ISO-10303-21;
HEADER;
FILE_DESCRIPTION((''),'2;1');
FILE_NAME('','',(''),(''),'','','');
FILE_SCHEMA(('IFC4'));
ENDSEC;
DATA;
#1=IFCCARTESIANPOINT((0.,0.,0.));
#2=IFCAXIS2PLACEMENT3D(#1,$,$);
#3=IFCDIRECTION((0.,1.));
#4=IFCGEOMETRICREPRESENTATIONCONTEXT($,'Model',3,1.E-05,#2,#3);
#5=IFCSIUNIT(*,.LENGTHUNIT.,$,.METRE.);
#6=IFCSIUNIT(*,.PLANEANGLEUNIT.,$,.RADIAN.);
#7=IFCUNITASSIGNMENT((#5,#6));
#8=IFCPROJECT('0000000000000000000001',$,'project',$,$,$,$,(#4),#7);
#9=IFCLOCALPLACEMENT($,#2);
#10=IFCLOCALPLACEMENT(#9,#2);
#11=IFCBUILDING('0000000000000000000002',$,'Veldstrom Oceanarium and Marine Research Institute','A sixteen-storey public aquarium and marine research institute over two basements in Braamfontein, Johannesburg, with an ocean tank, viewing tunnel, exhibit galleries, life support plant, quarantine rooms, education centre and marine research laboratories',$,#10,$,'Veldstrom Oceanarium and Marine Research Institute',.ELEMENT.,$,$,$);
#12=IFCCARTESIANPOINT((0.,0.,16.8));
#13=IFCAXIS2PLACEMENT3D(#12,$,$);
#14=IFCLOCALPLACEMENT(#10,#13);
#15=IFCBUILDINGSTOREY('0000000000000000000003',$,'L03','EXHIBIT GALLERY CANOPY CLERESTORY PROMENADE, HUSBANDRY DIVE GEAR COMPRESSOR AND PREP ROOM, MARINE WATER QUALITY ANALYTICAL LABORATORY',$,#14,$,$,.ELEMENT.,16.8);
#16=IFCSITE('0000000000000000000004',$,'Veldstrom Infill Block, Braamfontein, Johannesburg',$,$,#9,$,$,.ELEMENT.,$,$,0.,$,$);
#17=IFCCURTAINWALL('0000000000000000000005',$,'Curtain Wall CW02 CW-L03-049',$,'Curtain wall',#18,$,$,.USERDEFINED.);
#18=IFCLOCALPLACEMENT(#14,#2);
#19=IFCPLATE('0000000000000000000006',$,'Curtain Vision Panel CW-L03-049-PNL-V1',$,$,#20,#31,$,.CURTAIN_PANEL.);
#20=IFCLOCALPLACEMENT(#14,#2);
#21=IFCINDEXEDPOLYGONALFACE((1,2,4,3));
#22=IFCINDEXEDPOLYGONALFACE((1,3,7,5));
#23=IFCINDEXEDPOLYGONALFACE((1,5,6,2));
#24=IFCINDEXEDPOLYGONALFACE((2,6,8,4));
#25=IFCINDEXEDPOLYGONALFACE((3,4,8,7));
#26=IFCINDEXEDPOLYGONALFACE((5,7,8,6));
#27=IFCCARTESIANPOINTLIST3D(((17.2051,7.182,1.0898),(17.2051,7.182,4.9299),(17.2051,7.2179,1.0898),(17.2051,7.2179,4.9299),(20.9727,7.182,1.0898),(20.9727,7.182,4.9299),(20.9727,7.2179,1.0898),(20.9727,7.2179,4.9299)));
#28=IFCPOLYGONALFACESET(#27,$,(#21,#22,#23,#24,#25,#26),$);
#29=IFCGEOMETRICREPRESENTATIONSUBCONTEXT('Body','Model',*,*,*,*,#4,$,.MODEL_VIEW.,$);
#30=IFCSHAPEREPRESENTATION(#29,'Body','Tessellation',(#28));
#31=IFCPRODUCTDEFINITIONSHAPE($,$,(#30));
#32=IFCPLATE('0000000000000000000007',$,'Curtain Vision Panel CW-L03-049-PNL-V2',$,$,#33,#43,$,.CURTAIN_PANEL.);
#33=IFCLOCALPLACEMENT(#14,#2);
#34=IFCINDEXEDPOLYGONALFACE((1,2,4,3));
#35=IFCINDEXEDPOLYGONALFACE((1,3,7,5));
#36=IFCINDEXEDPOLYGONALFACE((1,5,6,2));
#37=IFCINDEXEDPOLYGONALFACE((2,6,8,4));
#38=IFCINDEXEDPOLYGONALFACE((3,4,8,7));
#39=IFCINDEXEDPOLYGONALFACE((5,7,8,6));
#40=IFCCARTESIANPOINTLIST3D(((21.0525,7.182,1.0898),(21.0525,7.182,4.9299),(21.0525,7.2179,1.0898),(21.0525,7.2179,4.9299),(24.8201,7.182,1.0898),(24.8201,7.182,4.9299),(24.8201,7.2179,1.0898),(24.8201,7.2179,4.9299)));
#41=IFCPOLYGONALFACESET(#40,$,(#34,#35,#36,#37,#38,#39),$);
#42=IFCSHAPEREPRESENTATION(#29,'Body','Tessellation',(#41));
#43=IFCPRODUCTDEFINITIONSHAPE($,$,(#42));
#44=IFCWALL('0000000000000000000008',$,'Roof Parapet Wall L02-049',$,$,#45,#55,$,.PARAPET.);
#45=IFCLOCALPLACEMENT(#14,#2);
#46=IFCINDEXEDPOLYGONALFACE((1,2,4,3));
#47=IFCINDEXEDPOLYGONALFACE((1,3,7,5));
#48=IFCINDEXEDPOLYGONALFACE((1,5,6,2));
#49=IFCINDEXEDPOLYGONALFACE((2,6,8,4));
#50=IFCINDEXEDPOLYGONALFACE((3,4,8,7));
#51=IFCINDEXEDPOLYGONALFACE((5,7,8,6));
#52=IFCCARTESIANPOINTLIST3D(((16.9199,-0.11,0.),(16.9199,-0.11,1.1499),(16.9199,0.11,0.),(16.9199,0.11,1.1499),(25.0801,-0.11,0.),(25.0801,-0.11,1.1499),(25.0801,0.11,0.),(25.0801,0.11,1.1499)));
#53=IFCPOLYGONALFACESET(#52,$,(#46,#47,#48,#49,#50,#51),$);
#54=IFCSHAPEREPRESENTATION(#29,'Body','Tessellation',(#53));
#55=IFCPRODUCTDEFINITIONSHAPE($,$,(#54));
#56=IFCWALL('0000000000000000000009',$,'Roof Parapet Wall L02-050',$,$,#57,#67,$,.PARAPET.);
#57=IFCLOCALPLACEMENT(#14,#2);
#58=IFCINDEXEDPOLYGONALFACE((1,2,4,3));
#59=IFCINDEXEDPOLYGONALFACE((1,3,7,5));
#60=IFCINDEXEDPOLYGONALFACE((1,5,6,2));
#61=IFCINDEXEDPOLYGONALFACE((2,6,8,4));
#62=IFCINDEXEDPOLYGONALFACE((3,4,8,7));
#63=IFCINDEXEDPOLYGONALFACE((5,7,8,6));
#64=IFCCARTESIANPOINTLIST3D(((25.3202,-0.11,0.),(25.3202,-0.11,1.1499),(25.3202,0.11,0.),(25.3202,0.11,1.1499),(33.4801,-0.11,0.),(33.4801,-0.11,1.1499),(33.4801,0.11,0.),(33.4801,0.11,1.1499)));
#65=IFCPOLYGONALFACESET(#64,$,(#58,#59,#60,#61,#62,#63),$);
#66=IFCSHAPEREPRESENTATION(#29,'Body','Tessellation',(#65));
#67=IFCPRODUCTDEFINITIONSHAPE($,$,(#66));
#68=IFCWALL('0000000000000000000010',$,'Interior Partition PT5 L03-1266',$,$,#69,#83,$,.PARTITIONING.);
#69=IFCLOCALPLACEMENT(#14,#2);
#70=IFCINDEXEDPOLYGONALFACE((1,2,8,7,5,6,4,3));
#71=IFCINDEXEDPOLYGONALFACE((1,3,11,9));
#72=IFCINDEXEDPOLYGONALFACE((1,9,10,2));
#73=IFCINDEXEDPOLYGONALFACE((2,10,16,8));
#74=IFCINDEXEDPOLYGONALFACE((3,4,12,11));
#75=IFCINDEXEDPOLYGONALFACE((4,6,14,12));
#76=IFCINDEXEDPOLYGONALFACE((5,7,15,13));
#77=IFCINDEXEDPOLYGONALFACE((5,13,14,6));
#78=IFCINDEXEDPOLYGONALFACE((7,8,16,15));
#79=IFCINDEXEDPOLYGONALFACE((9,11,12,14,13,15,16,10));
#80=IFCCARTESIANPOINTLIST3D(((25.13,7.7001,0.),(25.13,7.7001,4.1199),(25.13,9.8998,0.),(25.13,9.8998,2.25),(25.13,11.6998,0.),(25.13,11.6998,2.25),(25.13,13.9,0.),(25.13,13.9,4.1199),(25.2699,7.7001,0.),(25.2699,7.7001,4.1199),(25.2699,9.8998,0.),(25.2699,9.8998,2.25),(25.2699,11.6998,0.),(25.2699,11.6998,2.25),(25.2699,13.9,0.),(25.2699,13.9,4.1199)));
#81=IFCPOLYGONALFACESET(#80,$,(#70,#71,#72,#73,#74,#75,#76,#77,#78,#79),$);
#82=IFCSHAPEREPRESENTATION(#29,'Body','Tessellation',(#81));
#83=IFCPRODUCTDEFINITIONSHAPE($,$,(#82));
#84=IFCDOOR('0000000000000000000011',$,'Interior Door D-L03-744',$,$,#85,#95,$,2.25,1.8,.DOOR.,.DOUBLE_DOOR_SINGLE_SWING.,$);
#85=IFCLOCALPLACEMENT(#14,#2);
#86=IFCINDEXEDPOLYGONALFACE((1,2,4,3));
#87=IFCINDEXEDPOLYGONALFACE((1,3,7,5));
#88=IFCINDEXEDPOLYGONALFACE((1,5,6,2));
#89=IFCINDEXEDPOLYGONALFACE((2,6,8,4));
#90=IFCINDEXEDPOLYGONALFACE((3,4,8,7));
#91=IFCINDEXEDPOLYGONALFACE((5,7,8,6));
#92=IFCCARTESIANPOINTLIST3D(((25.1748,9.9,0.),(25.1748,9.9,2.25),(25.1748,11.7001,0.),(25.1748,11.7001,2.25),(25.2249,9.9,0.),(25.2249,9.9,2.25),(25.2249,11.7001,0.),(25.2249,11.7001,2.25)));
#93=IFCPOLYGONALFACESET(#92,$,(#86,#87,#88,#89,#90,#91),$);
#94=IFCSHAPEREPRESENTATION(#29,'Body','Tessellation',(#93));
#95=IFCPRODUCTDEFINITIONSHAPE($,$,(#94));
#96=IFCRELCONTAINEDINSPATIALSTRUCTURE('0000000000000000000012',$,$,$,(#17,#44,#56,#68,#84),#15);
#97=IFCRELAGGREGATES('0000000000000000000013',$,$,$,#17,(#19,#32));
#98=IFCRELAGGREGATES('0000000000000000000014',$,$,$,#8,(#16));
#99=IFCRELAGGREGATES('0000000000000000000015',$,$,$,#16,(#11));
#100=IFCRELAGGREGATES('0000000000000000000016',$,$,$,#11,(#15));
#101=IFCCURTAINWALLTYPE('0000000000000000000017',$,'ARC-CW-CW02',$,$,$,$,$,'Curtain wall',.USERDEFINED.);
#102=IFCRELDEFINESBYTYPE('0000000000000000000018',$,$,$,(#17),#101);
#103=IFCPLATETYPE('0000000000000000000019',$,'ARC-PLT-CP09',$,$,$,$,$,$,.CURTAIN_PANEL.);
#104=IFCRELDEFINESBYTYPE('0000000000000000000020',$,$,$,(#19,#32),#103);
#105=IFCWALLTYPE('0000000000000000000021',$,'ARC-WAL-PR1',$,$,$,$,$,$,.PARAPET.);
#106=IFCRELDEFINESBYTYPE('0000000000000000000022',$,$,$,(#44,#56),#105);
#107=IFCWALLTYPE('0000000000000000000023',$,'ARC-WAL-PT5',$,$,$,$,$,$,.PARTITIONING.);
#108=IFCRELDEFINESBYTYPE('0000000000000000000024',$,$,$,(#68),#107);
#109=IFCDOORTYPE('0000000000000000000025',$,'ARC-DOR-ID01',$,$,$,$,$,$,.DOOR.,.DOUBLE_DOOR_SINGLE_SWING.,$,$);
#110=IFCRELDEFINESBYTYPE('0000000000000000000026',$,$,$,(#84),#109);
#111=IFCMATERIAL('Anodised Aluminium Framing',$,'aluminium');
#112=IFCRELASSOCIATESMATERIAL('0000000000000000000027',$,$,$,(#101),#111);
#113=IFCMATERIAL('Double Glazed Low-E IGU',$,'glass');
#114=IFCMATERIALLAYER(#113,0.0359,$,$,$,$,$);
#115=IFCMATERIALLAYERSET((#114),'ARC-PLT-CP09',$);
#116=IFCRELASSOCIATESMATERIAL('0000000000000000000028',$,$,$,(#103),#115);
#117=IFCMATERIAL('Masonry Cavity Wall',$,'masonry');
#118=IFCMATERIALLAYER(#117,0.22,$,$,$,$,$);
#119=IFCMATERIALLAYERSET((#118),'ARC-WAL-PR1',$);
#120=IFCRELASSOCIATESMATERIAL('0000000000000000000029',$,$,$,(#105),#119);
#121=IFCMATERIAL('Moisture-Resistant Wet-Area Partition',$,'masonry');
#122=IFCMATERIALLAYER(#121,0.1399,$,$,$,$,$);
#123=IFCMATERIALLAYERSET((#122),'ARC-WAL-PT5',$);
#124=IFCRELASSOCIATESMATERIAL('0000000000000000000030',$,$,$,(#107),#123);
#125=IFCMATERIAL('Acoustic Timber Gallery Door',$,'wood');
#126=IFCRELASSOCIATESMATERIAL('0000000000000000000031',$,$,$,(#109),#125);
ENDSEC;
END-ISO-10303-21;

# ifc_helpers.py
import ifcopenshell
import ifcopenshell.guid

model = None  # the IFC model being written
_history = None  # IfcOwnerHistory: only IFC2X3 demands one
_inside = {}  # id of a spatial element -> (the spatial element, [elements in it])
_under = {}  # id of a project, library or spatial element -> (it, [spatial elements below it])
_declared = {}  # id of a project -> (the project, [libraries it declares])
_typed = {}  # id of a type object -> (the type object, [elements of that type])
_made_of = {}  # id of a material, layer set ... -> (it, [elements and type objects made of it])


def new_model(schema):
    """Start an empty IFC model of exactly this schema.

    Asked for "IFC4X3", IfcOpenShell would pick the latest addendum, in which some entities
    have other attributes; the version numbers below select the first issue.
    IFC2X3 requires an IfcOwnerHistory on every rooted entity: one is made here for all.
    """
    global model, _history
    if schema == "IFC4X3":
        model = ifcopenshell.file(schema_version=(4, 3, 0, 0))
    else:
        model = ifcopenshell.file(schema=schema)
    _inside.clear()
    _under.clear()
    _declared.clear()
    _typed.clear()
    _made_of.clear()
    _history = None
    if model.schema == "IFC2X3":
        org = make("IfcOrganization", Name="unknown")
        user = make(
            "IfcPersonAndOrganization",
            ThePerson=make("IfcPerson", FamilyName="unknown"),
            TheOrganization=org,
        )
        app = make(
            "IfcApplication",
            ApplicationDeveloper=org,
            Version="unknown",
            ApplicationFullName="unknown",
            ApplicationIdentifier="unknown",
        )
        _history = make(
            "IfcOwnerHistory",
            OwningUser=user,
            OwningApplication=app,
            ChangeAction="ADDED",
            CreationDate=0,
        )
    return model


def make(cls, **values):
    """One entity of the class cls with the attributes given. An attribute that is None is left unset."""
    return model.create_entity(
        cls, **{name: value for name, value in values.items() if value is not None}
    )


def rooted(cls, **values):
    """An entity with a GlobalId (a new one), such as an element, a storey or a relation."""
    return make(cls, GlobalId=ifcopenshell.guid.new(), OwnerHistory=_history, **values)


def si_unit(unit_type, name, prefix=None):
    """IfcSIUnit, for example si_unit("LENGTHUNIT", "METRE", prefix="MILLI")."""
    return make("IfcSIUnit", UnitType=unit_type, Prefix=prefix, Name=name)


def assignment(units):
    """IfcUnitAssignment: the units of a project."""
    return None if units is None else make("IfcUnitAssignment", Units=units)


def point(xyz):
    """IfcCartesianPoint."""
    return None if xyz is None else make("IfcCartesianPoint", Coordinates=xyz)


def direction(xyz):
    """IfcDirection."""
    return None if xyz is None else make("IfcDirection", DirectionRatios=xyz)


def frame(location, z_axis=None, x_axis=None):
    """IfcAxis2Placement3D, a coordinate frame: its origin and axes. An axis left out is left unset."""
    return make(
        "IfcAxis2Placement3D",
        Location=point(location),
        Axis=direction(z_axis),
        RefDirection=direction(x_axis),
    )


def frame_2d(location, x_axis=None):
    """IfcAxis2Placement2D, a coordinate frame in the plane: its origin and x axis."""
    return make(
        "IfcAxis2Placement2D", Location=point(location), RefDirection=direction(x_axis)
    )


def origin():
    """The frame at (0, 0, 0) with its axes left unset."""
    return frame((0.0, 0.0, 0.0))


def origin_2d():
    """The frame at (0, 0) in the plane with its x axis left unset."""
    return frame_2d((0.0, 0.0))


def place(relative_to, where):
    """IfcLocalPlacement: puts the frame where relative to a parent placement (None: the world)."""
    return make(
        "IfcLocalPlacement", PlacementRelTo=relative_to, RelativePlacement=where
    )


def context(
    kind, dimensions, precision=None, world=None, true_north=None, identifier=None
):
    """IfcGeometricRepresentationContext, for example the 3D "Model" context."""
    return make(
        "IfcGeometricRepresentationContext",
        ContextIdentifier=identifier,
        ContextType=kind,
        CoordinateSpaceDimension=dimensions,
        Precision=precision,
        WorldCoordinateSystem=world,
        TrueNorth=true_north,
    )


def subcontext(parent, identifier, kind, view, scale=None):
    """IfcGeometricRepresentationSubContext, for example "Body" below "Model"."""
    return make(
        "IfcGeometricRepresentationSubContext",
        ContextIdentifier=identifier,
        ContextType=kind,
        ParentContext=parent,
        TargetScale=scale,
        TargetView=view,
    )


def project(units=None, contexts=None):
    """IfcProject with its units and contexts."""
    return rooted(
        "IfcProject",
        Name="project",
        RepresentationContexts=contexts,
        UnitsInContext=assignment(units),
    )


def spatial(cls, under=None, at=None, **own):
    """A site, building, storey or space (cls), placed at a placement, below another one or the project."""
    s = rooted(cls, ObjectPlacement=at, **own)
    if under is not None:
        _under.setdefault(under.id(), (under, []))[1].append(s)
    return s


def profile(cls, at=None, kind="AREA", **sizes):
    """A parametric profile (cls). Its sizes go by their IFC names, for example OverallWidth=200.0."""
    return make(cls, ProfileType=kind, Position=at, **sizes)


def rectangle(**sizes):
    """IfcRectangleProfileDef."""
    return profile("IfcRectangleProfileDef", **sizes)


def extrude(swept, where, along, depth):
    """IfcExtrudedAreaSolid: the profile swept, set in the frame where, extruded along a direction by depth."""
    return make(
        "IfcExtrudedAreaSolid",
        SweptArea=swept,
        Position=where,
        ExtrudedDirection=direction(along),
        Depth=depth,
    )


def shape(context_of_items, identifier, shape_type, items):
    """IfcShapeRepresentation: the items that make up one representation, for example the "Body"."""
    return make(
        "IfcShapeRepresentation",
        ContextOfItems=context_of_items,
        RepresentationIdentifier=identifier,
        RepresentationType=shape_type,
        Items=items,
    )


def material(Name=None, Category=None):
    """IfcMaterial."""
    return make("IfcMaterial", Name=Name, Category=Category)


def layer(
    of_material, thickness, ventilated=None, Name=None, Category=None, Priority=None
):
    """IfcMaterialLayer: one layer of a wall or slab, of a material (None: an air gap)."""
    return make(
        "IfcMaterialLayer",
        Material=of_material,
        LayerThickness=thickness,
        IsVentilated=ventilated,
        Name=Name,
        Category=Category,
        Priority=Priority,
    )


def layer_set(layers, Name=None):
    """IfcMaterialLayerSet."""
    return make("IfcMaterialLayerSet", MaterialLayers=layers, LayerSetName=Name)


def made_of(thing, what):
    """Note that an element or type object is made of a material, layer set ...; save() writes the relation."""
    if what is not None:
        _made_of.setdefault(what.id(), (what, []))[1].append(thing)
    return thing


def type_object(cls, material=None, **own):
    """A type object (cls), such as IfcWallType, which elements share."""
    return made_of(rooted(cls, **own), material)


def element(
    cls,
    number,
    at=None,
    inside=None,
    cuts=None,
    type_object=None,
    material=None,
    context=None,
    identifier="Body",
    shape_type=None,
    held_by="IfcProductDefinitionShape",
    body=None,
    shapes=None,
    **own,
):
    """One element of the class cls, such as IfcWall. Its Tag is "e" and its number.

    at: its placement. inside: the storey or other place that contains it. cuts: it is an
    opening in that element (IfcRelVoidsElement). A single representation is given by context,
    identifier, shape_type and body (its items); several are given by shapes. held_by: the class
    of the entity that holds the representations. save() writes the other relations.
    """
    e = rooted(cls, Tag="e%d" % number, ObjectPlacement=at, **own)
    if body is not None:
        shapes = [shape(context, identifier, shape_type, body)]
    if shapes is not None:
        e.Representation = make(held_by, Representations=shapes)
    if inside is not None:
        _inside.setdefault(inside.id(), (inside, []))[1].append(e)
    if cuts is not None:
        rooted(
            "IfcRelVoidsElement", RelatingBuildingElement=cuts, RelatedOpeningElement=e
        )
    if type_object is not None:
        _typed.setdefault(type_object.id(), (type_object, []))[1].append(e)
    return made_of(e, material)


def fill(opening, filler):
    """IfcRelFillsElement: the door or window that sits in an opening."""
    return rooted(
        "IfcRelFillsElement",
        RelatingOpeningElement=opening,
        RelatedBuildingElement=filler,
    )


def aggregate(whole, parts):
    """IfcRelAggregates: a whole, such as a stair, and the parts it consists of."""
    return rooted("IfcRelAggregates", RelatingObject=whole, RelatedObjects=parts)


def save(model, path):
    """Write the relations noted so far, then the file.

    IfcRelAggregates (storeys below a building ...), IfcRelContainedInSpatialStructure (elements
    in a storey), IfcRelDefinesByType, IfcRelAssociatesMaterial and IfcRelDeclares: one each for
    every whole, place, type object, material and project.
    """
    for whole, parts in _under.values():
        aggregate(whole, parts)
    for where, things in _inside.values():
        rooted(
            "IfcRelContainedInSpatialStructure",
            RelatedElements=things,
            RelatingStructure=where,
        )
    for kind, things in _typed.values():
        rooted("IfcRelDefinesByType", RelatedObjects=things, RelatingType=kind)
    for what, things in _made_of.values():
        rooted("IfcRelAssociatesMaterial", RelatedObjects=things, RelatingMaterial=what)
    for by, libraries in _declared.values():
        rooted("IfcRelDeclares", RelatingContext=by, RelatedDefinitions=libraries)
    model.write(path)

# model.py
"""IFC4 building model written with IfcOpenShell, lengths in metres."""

from ifc_helpers import new_model, si_unit, direction, frame, frame_2d, origin, origin_2d, place, context, subcontext, project, spatial, rectangle, extrude, material, layer, layer_set, type_object, element, fill, aggregate, save


model = new_model("IFC4")

# Units and contexts
model_context = context("Model", 3, precision=1e-05, world=origin(), true_north=direction((0.0, 1.0)))
body_context = subcontext(model_context, "Body", "Model", "MODEL_VIEW")
ifc_project = project(units=[si_unit("LENGTHUNIT", "METRE"), si_unit("PLANEANGLEUNIT", "RADIAN")], contexts=[model_context])

# Site, building, storey
site_placement = place(None, origin())
site = spatial("IfcSite", under=ifc_project, at=site_placement, Name="Veldstrom Infill Block, Braamfontein, Johannesburg", CompositionType="ELEMENT", RefElevation=0.0)
building_placement = place(site_placement, origin())
building = spatial("IfcBuilding", under=site, at=building_placement, Name="Veldstrom Oceanarium and Marine Research Institute", Description="A sixteen-storey public aquarium and marine research institute over two basements in Braamfontein, Johannesburg, with an ocean tank, viewing tunnel, exhibit galleries, life support plant, quarantine rooms, education centre and marine research laboratories", LongName="Veldstrom Oceanarium and Marine Research Institute", CompositionType="ELEMENT")
storey_placement = place(building_placement, frame((0.0, 0.0, 16.8)))
storey = spatial("IfcBuildingStorey", under=building, at=storey_placement, Name="L03", Description="EXHIBIT GALLERY CANOPY CLERESTORY PROMENADE, HUSBANDRY DIVE GEAR COMPRESSOR AND PREP ROOM, MARINE WATER QUALITY ANALYTICAL LABORATORY", CompositionType="ELEMENT", Elevation=16.8)

# Curtain wall
ifc_material_1 = material(Name="Anodised Aluminium Framing", Category="aluminium")
curtain_wall_type = type_object("IfcCurtainWallType", Name="ARC-CW-CW02", ElementType="Curtain wall", PredefinedType="USERDEFINED", material=ifc_material_1)
curtain_wall_1_placement = place(storey_placement, origin())
curtain_wall_1 = element("IfcCurtainWall", 1, at=curtain_wall_1_placement, inside=storey, type_object=curtain_wall_type, Name="Curtain Wall CW02 CW-L03-049", ObjectType="Curtain wall", PredefinedType="USERDEFINED")

# Plates
ifc_material_2 = material(Name="Double Glazed Low-E IGU", Category="glass")
ifc_layer_1 = layer(ifc_material_2, 0.0359)
ifc_layer_set_1 = layer_set([ifc_layer_1], Name="ARC-PLT-CP09")
plate_type_1 = type_object("IfcPlateType", Name="ARC-PLT-CP09", PredefinedType="CURTAIN_PANEL", material=ifc_layer_set_1)
plate_1_placement = place(storey_placement, frame((19.0889, 7.2, 1.0898), z_axis=(0.0, 0.0, 1.0), x_axis=(1.0, 0.0, 0.0)))
plate_1 = element("IfcPlate", 2, at=plate_1_placement, type_object=plate_type_1, Name="Curtain Vision Panel CW-L03-049-PNL-V1", PredefinedType="CURTAIN_PANEL", context=body_context, shape_type="SweptSolid", body=[
    extrude(rectangle(XDim=3.7676, YDim=0.0359, at=origin_2d()), origin(), (0.0, 0.0, 1.0), 3.8401),
])
plate_2_placement = place(storey_placement, frame((22.9363, 7.2, 1.0898), z_axis=(0.0, 0.0, 1.0), x_axis=(1.0, 0.0, 0.0)))
plate_2 = element("IfcPlate", 3, at=plate_2_placement, type_object=plate_type_1, Name="Curtain Vision Panel CW-L03-049-PNL-V2", PredefinedType="CURTAIN_PANEL", context=body_context, shape_type="SweptSolid", body=[
    extrude(rectangle(XDim=3.7676, YDim=0.0359, at=origin_2d()), origin(), (0.0, 0.0, 1.0), 3.8401),
])
aggregate(curtain_wall_1, [plate_1, plate_2])

# Walls
ifc_material_3 = material(Name="Masonry Cavity Wall", Category="masonry")
ifc_layer_2 = layer(ifc_material_3, 0.22)
ifc_layer_set_2 = layer_set([ifc_layer_2], Name="ARC-WAL-PR1")
wall_type_1 = type_object("IfcWallType", Name="ARC-WAL-PR1", PredefinedType="PARAPET", material=ifc_layer_set_2)
wall_1_placement = place(storey_placement, frame((16.9199, 0.0, 0.0), z_axis=(0.0, 0.0, 1.0), x_axis=(1.0, 0.0, 0.0)))
element("IfcWall", 4, at=wall_1_placement, inside=storey, type_object=wall_type_1, Name="Roof Parapet Wall L02-049", PredefinedType="PARAPET", context=body_context, shape_type="SweptSolid", body=[
    extrude(rectangle(XDim=8.1602, YDim=0.22, at=frame_2d((4.0801, 0.0))), origin(), (0.0, 0.0, 1.0), 1.1499),
])
wall_2_placement = place(storey_placement, frame((25.3201, 0.0, 0.0), z_axis=(0.0, 0.0, 1.0), x_axis=(1.0, 0.0, 0.0)))
element("IfcWall", 5, at=wall_2_placement, inside=storey, type_object=wall_type_1, Name="Roof Parapet Wall L02-050", PredefinedType="PARAPET", context=body_context, shape_type="SweptSolid", body=[
    extrude(rectangle(XDim=8.1599, YDim=0.22, at=frame_2d((4.0801, 0.0))), origin(), (0.0, 0.0, 1.0), 1.1499),
])

# Wall, opening, door
ifc_material_4 = material(Name="Moisture-Resistant Wet-Area Partition", Category="masonry")
ifc_layer_3 = layer(ifc_material_4, 0.1399)
ifc_layer_set_3 = layer_set([ifc_layer_3], Name="ARC-WAL-PT5")
wall_type_2 = type_object("IfcWallType", Name="ARC-WAL-PT5", PredefinedType="PARTITIONING", material=ifc_layer_set_3)
wall_3_placement = place(storey_placement, frame((25.2, 7.7, 0.0), z_axis=(0.0, 0.0, 1.0), x_axis=(0.0, 1.0, 0.0)))
wall_3 = element("IfcWall", 6, at=wall_3_placement, inside=storey, type_object=wall_type_2, Name="Interior Partition PT5 L03-1266", PredefinedType="PARTITIONING", context=body_context, shape_type="SweptSolid", body=[
    extrude(rectangle(XDim=6.2, YDim=0.1399, at=frame_2d((3.1001, 0.0))), origin(), (0.0, 0.0, 1.0), 4.1199),
])
opening_placement = place(wall_3_placement, frame((2.2, 0.0, 0.0)))
opening = element("IfcOpeningElement", 7, at=opening_placement, cuts=wall_3, PredefinedType="OPENING", context=body_context, shape_type="SweptSolid", body=[
    extrude(rectangle(XDim=1.8, YDim=2.25, at=frame_2d((0.8999, 1.125))), frame((0.0, 0.0798, 0.0), z_axis=(0.0, -1.0, 0.0), x_axis=(1.0, 0.0, 0.0)), (0.0, 0.0, 1.0), 0.1599),
])
ifc_material_5 = material(Name="Acoustic Timber Gallery Door", Category="wood")
door_type = type_object("IfcDoorType", Name="ARC-DOR-ID01", OperationType="DOUBLE_DOOR_SINGLE_SWING", PredefinedType="DOOR", material=ifc_material_5)
door_placement = place(opening_placement, frame((1.8, 0.0, 0.0), z_axis=(0.0, 0.0, 1.0), x_axis=(-1.0, 0.0, 0.0)))
door = element("IfcDoor", 8, at=door_placement, inside=storey, type_object=door_type, Name="Interior Door D-L03-744", OperationType="DOUBLE_DOOR_SINGLE_SWING", OverallHeight=2.25, OverallWidth=1.8, PredefinedType="DOOR", context=body_context, shape_type="SweptSolid", body=[
    extrude(rectangle(XDim=1.8, YDim=2.25, at=frame_2d((0.8999, 1.125))), frame((0.0, 0.0249, 0.0), z_axis=(0.0, -1.0, 0.0), x_axis=(1.0, 0.0, 0.0)), (0.0, 0.0, 1.0), 0.05),
])
fill(opening, door)

save(model, "model.ifc")
